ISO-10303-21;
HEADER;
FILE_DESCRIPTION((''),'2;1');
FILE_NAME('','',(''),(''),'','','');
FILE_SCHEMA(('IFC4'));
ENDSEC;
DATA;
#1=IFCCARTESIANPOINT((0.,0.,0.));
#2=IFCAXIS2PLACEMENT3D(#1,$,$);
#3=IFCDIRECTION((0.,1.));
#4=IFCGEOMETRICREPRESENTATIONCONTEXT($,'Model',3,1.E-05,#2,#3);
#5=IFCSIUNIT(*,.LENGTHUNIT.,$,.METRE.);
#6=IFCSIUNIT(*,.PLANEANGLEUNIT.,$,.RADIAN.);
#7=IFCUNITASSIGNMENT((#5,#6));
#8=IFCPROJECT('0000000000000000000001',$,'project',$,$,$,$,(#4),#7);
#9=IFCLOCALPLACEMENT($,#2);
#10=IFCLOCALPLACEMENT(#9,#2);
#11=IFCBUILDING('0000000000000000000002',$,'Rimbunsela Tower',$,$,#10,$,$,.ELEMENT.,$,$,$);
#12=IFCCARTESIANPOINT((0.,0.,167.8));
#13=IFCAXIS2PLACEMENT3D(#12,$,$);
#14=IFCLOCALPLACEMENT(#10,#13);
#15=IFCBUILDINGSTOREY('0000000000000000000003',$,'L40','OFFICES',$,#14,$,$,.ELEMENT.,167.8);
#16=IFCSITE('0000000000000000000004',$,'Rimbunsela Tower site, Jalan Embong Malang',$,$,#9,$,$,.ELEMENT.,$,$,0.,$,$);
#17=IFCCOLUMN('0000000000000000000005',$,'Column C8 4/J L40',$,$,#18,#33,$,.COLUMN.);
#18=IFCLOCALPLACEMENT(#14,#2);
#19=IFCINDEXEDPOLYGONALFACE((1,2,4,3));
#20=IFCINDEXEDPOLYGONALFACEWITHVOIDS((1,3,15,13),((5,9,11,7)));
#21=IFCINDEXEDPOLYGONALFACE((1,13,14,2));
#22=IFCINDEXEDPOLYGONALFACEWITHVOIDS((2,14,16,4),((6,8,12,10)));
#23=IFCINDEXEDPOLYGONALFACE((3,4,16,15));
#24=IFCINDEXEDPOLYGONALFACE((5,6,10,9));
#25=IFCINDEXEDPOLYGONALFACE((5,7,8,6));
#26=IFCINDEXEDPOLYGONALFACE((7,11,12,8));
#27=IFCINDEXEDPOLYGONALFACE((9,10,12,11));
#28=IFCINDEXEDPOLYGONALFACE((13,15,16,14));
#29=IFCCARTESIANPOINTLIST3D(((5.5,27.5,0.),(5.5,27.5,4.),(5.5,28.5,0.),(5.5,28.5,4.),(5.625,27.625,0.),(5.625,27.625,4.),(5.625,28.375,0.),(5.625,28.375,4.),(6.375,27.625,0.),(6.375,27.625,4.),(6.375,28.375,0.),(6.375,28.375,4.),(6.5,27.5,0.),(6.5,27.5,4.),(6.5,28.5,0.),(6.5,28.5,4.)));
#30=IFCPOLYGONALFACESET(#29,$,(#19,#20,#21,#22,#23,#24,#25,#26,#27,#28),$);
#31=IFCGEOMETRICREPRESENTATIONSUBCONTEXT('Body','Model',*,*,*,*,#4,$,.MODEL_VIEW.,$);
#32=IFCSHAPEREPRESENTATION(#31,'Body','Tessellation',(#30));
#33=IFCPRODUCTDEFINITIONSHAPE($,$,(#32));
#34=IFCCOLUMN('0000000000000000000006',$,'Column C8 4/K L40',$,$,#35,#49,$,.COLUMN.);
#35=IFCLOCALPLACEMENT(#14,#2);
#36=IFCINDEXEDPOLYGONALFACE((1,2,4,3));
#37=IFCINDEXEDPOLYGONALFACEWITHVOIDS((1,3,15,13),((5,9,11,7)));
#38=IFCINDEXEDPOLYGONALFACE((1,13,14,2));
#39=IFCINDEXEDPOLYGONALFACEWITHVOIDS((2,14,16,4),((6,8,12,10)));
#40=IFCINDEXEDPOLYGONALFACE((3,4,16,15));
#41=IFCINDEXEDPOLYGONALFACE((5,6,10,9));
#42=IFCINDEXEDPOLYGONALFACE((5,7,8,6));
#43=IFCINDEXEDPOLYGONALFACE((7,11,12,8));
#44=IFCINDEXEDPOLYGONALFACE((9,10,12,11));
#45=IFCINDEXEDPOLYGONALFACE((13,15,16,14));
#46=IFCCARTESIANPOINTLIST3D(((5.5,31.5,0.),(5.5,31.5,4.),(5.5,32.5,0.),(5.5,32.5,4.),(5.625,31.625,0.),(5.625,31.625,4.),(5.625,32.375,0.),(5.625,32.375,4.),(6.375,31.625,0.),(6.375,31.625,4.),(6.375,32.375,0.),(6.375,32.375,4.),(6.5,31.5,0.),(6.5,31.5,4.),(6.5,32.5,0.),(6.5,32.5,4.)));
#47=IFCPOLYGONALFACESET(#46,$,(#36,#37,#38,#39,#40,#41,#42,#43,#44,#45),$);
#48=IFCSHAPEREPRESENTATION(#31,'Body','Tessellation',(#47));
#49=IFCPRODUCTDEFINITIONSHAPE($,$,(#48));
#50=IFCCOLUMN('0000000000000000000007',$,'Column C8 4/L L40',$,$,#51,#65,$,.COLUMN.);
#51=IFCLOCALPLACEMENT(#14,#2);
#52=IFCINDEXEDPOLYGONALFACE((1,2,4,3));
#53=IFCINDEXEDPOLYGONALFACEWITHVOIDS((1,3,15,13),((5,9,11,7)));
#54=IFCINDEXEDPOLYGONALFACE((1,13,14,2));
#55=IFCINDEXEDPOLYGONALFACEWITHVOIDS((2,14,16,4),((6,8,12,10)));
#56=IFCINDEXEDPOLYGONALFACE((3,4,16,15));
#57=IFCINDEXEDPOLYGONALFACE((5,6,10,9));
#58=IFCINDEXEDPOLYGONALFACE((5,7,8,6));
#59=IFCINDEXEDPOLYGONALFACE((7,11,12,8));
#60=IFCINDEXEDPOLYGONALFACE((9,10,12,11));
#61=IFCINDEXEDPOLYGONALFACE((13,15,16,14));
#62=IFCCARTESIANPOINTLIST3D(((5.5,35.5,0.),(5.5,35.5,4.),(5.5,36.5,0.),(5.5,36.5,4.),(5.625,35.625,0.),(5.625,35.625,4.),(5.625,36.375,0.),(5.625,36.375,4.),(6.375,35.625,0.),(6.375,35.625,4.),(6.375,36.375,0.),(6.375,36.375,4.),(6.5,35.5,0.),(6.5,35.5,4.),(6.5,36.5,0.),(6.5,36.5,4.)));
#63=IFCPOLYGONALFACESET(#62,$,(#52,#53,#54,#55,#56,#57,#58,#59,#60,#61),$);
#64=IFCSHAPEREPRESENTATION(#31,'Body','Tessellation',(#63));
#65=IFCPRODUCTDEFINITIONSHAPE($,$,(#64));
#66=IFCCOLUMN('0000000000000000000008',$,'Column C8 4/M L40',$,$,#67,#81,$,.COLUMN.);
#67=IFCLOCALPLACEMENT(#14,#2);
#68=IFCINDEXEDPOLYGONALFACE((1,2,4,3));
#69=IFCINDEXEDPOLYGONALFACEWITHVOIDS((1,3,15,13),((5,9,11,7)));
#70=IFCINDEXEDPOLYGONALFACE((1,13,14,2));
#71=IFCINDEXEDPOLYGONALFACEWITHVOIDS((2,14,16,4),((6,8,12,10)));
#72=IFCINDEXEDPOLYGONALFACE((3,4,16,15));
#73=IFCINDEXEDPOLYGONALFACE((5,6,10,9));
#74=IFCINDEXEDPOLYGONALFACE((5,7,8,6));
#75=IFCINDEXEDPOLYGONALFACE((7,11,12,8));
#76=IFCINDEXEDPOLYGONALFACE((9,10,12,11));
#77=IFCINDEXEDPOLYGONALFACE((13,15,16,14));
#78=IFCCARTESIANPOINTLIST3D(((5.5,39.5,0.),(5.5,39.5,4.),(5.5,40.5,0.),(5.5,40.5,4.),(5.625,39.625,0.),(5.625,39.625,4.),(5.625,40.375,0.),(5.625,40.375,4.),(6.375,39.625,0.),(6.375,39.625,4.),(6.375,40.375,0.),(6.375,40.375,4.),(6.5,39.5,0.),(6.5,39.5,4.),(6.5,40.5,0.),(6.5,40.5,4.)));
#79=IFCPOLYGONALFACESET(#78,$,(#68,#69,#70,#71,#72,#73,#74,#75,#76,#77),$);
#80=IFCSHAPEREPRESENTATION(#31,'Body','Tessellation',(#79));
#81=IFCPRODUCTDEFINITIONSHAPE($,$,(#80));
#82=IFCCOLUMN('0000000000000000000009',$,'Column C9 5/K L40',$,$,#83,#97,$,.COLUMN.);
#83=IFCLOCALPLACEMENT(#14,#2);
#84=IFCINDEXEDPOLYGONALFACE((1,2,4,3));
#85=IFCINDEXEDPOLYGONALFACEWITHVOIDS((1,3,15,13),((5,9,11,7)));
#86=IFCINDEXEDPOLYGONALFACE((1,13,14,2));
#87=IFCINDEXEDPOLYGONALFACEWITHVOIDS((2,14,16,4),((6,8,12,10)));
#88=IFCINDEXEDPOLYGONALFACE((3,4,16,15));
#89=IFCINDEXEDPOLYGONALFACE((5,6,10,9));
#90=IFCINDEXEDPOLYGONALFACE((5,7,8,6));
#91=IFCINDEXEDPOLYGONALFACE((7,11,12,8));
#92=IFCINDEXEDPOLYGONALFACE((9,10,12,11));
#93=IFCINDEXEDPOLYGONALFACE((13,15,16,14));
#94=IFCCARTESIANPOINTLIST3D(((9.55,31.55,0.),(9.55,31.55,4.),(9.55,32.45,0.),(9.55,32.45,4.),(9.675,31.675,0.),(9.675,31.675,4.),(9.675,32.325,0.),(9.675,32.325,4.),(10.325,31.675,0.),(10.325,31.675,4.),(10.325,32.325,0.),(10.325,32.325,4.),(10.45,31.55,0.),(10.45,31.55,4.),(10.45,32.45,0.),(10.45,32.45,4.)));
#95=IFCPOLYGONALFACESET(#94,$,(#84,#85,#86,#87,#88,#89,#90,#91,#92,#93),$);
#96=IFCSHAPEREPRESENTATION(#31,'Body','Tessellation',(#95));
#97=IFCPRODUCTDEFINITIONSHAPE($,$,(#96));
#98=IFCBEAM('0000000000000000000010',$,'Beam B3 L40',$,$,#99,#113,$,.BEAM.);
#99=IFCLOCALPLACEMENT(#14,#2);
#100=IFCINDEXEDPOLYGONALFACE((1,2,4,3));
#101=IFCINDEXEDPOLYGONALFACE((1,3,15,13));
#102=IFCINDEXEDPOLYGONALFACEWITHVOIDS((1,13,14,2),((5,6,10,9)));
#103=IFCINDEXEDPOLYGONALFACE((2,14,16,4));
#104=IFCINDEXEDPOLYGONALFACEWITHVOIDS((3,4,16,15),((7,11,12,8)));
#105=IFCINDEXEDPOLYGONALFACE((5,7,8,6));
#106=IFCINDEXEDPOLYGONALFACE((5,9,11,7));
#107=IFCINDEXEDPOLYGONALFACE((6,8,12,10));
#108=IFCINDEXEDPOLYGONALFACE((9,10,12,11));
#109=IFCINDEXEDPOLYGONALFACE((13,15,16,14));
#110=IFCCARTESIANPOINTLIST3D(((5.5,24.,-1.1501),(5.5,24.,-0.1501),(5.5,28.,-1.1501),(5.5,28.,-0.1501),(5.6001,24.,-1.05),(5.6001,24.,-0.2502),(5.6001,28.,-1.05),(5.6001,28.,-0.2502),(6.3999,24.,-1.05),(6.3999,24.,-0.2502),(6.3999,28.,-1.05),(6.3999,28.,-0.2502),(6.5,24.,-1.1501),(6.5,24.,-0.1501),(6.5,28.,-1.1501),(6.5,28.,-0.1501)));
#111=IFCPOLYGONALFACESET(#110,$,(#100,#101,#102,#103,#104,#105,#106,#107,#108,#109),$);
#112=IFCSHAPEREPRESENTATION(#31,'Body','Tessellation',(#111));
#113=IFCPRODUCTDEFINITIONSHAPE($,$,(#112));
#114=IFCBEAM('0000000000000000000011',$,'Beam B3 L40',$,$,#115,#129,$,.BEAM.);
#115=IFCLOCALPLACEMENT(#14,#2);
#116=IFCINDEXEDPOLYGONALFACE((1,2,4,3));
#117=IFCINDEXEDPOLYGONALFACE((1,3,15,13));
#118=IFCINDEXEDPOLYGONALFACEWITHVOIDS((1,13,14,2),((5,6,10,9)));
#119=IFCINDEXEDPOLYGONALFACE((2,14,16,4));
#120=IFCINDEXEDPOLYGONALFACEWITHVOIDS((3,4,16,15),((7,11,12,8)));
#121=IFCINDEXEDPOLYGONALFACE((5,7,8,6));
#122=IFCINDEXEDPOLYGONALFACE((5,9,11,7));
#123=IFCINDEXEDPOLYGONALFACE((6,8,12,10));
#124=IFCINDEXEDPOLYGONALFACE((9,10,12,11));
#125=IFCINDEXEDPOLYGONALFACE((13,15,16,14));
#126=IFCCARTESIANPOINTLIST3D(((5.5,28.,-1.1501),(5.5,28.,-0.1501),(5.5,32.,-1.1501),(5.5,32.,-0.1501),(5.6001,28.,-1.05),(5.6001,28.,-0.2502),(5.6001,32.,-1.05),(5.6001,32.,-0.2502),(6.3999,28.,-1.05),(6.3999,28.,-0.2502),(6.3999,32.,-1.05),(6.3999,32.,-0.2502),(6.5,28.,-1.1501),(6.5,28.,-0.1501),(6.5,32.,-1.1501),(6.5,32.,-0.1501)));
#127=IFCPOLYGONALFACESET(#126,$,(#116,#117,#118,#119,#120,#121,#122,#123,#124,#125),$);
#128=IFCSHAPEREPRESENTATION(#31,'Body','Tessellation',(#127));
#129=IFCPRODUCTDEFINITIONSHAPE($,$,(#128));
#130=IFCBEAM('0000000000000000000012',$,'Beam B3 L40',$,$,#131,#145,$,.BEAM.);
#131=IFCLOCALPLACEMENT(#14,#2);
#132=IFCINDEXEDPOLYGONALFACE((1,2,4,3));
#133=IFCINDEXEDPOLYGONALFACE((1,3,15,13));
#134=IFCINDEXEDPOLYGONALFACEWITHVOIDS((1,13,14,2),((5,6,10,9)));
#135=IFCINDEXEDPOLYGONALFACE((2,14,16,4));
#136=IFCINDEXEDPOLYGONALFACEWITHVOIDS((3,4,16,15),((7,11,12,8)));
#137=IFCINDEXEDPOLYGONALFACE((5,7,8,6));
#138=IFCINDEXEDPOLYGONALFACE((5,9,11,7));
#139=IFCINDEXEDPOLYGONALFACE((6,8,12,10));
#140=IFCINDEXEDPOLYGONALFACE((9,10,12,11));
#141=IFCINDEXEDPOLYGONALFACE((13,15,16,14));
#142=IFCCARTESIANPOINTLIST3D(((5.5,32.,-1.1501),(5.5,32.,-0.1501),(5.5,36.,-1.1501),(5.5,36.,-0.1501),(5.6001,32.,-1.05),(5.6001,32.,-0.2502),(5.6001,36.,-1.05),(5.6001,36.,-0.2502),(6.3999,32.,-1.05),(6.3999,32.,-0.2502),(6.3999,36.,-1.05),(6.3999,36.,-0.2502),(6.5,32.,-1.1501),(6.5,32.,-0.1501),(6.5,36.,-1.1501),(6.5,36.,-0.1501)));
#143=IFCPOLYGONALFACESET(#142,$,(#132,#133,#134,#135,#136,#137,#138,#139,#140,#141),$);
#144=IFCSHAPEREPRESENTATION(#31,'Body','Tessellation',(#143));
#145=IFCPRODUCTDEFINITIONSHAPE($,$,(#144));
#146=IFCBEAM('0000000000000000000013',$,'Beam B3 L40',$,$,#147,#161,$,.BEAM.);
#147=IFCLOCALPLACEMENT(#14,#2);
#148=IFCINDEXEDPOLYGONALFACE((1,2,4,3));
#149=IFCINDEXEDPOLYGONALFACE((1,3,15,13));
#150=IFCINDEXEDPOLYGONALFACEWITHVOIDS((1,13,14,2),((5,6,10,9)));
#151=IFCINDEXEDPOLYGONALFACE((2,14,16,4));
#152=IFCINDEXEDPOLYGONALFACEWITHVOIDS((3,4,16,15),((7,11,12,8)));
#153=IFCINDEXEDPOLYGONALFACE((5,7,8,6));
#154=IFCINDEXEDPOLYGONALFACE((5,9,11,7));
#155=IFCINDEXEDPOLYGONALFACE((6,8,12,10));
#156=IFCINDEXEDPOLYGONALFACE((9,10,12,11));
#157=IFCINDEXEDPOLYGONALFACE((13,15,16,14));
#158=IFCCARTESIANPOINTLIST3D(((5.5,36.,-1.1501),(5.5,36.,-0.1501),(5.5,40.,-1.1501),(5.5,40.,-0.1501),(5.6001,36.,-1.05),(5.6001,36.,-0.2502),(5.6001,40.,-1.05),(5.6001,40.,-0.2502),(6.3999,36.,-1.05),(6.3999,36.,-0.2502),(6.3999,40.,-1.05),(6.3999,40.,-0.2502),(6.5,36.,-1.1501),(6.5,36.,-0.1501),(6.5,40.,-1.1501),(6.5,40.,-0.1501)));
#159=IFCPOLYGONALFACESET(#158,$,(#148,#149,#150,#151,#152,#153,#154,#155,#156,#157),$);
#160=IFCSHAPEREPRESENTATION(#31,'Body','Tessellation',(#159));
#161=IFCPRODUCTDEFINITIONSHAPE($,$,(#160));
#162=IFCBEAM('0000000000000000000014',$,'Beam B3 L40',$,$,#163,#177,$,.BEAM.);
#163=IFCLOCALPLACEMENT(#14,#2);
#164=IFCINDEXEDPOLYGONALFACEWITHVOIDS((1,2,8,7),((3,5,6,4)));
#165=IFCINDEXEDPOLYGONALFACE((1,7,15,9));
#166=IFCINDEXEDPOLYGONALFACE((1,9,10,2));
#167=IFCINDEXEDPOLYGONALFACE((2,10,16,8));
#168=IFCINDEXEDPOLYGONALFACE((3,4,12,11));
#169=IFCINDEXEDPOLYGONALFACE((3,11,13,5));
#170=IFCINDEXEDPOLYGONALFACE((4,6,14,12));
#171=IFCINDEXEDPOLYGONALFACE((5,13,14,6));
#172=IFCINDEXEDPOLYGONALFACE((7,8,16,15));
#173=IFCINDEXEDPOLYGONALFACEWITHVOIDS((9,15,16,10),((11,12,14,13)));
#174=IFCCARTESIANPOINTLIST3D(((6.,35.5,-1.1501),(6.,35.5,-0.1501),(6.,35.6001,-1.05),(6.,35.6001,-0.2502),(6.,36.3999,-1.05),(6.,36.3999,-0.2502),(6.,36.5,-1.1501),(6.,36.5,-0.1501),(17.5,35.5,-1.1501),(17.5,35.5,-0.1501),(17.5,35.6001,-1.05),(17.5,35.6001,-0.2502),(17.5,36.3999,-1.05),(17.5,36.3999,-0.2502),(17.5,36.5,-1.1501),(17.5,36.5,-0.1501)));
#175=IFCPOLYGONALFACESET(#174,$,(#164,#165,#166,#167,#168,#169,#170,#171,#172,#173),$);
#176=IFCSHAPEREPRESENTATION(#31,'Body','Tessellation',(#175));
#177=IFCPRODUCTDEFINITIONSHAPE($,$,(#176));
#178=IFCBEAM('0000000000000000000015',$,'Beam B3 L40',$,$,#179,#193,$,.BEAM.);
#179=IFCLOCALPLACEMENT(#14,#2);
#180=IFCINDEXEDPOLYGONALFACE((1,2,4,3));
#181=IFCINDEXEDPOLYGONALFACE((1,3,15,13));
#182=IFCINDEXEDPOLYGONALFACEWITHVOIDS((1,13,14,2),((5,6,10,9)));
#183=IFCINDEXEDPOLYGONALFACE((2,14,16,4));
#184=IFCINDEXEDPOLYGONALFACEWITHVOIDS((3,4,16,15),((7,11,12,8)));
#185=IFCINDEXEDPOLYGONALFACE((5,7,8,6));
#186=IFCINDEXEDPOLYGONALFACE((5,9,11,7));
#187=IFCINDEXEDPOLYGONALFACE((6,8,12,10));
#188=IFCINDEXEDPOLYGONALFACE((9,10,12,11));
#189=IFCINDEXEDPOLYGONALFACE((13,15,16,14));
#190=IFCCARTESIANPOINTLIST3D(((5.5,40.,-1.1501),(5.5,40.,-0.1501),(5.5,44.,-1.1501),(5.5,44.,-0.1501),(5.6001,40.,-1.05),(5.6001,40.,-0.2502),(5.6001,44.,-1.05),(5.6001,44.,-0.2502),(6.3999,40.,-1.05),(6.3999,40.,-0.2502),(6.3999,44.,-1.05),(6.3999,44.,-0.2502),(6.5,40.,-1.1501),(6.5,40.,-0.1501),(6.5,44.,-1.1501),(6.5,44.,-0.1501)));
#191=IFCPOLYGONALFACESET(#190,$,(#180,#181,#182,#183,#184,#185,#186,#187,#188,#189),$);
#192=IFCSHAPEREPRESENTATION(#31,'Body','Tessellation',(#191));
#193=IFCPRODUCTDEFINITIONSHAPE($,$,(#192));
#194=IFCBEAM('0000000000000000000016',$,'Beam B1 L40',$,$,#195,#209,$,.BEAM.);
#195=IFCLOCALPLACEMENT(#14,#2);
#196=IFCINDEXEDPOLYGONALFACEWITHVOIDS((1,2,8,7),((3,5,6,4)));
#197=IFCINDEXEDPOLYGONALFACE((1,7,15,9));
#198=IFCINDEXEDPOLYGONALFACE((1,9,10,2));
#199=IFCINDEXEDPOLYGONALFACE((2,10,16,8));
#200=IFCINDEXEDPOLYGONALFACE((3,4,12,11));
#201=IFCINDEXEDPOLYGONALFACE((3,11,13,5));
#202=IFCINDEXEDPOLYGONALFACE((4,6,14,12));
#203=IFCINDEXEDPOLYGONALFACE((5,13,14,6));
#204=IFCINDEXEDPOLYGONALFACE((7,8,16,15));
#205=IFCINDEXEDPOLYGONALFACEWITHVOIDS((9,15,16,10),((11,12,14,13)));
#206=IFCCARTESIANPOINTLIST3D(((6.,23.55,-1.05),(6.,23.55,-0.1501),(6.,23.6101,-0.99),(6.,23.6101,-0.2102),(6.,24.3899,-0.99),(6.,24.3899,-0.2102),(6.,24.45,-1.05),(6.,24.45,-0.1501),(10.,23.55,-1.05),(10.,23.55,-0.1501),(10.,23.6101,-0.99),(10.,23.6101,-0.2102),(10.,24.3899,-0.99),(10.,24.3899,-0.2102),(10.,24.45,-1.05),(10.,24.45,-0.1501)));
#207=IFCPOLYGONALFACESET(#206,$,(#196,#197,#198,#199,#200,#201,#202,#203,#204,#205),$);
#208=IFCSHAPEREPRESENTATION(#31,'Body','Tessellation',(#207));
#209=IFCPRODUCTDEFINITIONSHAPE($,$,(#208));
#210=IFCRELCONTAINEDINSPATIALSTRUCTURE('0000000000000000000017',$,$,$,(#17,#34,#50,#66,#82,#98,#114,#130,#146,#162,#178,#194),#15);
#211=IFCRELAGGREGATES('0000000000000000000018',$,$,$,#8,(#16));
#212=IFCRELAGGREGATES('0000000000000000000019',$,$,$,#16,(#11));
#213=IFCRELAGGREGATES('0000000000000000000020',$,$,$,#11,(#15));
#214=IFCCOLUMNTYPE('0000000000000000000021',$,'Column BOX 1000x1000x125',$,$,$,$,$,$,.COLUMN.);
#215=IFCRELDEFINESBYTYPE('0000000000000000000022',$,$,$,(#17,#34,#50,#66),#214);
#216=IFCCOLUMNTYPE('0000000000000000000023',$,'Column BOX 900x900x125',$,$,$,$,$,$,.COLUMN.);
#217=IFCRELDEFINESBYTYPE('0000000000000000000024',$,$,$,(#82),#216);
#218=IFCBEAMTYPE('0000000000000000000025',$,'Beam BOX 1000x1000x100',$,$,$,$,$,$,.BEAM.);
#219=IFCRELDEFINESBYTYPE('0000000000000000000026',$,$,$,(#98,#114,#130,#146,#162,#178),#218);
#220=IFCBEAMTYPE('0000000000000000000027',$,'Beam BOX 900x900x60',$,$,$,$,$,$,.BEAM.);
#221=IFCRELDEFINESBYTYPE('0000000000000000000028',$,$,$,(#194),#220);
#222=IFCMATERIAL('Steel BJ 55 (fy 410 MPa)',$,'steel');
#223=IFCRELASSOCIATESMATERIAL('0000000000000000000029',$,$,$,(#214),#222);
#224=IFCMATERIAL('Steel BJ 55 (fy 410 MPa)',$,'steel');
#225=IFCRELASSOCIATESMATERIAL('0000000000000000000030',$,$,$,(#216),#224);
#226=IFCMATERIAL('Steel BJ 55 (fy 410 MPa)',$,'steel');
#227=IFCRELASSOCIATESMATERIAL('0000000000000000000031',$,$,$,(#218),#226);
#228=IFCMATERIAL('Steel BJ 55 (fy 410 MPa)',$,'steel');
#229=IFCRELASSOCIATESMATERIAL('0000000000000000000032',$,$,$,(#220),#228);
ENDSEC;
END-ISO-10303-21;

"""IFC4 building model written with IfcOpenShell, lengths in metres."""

from ifc_helpers import new_model, si_unit, direction, frame, origin, origin_2d, place, context, subcontext, project, spatial, hollow_rectangle, extrude, material, material_profile, profile_set, type_object, element, save


model = new_model("IFC4")

# Units and contexts
model_context = context("Model", 3, precision=1e-05, world=origin(), true_north=direction((0.0, 1.0)))
body_context = subcontext(model_context, "Body", "Model", "MODEL_VIEW")
ifc_project = project(units=[si_unit("LENGTHUNIT", "METRE"), si_unit("PLANEANGLEUNIT", "RADIAN")], contexts=[model_context])

# Site, building, storey
site_placement = place(None, origin())
site = spatial("IfcSite", under=ifc_project, at=site_placement, Name="Rimbunsela Tower site, Jalan Embong Malang", CompositionType="ELEMENT", RefElevation=0.0)
building_placement = place(site_placement, origin())
building = spatial("IfcBuilding", under=site, at=building_placement, Name="Rimbunsela Tower", CompositionType="ELEMENT")
storey_placement = place(building_placement, frame((0.0, 0.0, 167.8)))
storey = spatial("IfcBuildingStorey", under=building, at=storey_placement, Name="L40", Description="OFFICES", CompositionType="ELEMENT", Elevation=167.8)

# Columns
ifc_material_1 = material(Name="Steel BJ 55 (fy 410 MPa)", Category="steel")
ifc_material_profile_1 = material_profile(ifc_material_1, hollow_rectangle(XDim=1.0, YDim=1.0, WallThickness=0.125, at=origin_2d()), Name="BOX 1000x1000x125")
ifc_profile_set_1 = profile_set([ifc_material_profile_1], Name="Steel BJ 55 (fy 410 MPa)")
column_type_1 = type_object("IfcColumnType", Name="Column BOX 1000x1000x125", PredefinedType="COLUMN", material=ifc_profile_set_1)
for number, where, z_axis, x_axis, name in (
    (1, (6.0, 28.0, 0.0), (0.0, 0.0, 1.0), (1.0, 0.0, 0.0), "Column C8 4/J L40"),
    (2, (6.0, 32.0, 0.0), (0.0, 0.0, 1.0), (1.0, 0.0, 0.0), "Column C8 4/K L40"),
    (3, (6.0, 36.0, 0.0), (0.0, 0.0, 1.0), (1.0, 0.0, 0.0), "Column C8 4/L L40"),
    (4, (6.0, 40.0, 0.0), (0.0, 0.0, 1.0), (1.0, 0.0, 0.0), "Column C8 4/M L40"),
):
    element("IfcColumn", number, at=place(storey_placement, frame(where, z_axis=z_axis, x_axis=x_axis)), inside=storey, type_object=column_type_1, Name=name, PredefinedType="COLUMN", context=body_context, shape_type="SweptSolid", body=[
        extrude(hollow_rectangle(XDim=1.0, YDim=1.0, WallThickness=0.125, at=origin_2d()), origin(), (0.0, 0.0, 1.0), 4.0),
    ])
ifc_material_2 = material(Name="Steel BJ 55 (fy 410 MPa)", Category="steel")
ifc_material_profile_2 = material_profile(ifc_material_2, hollow_rectangle(XDim=0.8999, YDim=0.8999, WallThickness=0.125, at=origin_2d()), Name="BOX 900x900x125")
ifc_profile_set_2 = profile_set([ifc_material_profile_2], Name="Steel BJ 55 (fy 410 MPa)")
column_type_2 = type_object("IfcColumnType", Name="Column BOX 900x900x125", PredefinedType="COLUMN", material=ifc_profile_set_2)
column_placement = place(storey_placement, frame((10.0, 32.0, 0.0), z_axis=(0.0, 0.0, 1.0), x_axis=(1.0, 0.0, 0.0)))
element("IfcColumn", 5, at=column_placement, inside=storey, type_object=column_type_2, Name="Column C9 5/K L40", PredefinedType="COLUMN", context=body_context, shape_type="SweptSolid", body=[
    extrude(hollow_rectangle(XDim=0.8999, YDim=0.8999, WallThickness=0.125, at=origin_2d()), origin(), (0.0, 0.0, 1.0), 4.0),
])

# Beams
ifc_material_3 = material(Name="Steel BJ 55 (fy 410 MPa)", Category="steel")
ifc_material_profile_3 = material_profile(ifc_material_3, hollow_rectangle(XDim=1.0, YDim=1.0, WallThickness=0.1001, at=origin_2d()), Name="BOX 1000x1000x100")
ifc_profile_set_3 = profile_set([ifc_material_profile_3], Name="Steel BJ 55 (fy 410 MPa)")
beam_type_1 = type_object("IfcBeamType", Name="Beam BOX 1000x1000x100", PredefinedType="BEAM", material=ifc_profile_set_3)
for number, where, z_axis, x_axis, name in (
    (6, (6.0, 24.0, -0.6501), (0.0, 1.0, 0.0), (-1.0, 0.0, 0.0), "Beam B3 L40"),
    (7, (6.0, 28.0, -0.6501), (0.0, 1.0, 0.0), (-1.0, 0.0, 0.0), "Beam B3 L40"),
    (8, (6.0, 32.0, -0.6501), (0.0, 1.0, 0.0), (-1.0, 0.0, 0.0), "Beam B3 L40"),
    (9, (6.0, 36.0, -0.6501), (0.0, 1.0, 0.0), (-1.0, 0.0, 0.0), "Beam B3 L40"),
):
    element("IfcBeam", number, at=place(storey_placement, frame(where, z_axis=z_axis, x_axis=x_axis)), inside=storey, type_object=beam_type_1, Name=name, PredefinedType="BEAM", context=body_context, shape_type="SweptSolid", body=[
        extrude(hollow_rectangle(XDim=1.0, YDim=1.0, WallThickness=0.1001, at=origin_2d()), origin(), (0.0, 0.0, 1.0), 4.0),
    ])
beam_1_placement = place(storey_placement, frame((6.0, 36.0, -0.6501), z_axis=(1.0, 0.0, 0.0), x_axis=(0.0, 1.0, 0.0)))
element("IfcBeam", 10, at=beam_1_placement, inside=storey, type_object=beam_type_1, Name="Beam B3 L40", PredefinedType="BEAM", context=body_context, shape_type="SweptSolid", body=[
    extrude(hollow_rectangle(XDim=1.0, YDim=1.0, WallThickness=0.1001, at=origin_2d()), origin(), (0.0, 0.0, 1.0), 11.5),
])
beam_2_placement = place(storey_placement, frame((6.0, 40.0, -0.6501), z_axis=(0.0, 1.0, 0.0), x_axis=(-1.0, 0.0, 0.0)))
element("IfcBeam", 11, at=beam_2_placement, inside=storey, type_object=beam_type_1, Name="Beam B3 L40", PredefinedType="BEAM", context=body_context, shape_type="SweptSolid", body=[
    extrude(hollow_rectangle(XDim=1.0, YDim=1.0, WallThickness=0.1001, at=origin_2d()), origin(), (0.0, 0.0, 1.0), 4.0),
])
ifc_material_4 = material(Name="Steel BJ 55 (fy 410 MPa)", Category="steel")
ifc_material_profile_4 = material_profile(ifc_material_4, hollow_rectangle(XDim=0.8999, YDim=0.8999, WallThickness=0.0601, at=origin_2d()), Name="BOX 900x900x60")
ifc_profile_set_4 = profile_set([ifc_material_profile_4], Name="Steel BJ 55 (fy 410 MPa)")
beam_type_2 = type_object("IfcBeamType", Name="Beam BOX 900x900x60", PredefinedType="BEAM", material=ifc_profile_set_4)
for number, where, z_axis, x_axis, name in (
    (12, (6.0, 24.0, -0.6001), (1.0, 0.0, 0.0), (0.0, 1.0, 0.0), "Beam B1 L40"),
):
    element("IfcBeam", number, at=place(storey_placement, frame(where, z_axis=z_axis, x_axis=x_axis)), inside=storey, type_object=beam_type_2, Name=name, PredefinedType="BEAM", context=body_context, shape_type="SweptSolid", body=[
        extrude(hollow_rectangle(XDim=0.8999, YDim=0.8999, WallThickness=0.0601, at=origin_2d()), origin(), (0.0, 0.0, 1.0), 4.0),
    ])

save(model, "model.ifc")
